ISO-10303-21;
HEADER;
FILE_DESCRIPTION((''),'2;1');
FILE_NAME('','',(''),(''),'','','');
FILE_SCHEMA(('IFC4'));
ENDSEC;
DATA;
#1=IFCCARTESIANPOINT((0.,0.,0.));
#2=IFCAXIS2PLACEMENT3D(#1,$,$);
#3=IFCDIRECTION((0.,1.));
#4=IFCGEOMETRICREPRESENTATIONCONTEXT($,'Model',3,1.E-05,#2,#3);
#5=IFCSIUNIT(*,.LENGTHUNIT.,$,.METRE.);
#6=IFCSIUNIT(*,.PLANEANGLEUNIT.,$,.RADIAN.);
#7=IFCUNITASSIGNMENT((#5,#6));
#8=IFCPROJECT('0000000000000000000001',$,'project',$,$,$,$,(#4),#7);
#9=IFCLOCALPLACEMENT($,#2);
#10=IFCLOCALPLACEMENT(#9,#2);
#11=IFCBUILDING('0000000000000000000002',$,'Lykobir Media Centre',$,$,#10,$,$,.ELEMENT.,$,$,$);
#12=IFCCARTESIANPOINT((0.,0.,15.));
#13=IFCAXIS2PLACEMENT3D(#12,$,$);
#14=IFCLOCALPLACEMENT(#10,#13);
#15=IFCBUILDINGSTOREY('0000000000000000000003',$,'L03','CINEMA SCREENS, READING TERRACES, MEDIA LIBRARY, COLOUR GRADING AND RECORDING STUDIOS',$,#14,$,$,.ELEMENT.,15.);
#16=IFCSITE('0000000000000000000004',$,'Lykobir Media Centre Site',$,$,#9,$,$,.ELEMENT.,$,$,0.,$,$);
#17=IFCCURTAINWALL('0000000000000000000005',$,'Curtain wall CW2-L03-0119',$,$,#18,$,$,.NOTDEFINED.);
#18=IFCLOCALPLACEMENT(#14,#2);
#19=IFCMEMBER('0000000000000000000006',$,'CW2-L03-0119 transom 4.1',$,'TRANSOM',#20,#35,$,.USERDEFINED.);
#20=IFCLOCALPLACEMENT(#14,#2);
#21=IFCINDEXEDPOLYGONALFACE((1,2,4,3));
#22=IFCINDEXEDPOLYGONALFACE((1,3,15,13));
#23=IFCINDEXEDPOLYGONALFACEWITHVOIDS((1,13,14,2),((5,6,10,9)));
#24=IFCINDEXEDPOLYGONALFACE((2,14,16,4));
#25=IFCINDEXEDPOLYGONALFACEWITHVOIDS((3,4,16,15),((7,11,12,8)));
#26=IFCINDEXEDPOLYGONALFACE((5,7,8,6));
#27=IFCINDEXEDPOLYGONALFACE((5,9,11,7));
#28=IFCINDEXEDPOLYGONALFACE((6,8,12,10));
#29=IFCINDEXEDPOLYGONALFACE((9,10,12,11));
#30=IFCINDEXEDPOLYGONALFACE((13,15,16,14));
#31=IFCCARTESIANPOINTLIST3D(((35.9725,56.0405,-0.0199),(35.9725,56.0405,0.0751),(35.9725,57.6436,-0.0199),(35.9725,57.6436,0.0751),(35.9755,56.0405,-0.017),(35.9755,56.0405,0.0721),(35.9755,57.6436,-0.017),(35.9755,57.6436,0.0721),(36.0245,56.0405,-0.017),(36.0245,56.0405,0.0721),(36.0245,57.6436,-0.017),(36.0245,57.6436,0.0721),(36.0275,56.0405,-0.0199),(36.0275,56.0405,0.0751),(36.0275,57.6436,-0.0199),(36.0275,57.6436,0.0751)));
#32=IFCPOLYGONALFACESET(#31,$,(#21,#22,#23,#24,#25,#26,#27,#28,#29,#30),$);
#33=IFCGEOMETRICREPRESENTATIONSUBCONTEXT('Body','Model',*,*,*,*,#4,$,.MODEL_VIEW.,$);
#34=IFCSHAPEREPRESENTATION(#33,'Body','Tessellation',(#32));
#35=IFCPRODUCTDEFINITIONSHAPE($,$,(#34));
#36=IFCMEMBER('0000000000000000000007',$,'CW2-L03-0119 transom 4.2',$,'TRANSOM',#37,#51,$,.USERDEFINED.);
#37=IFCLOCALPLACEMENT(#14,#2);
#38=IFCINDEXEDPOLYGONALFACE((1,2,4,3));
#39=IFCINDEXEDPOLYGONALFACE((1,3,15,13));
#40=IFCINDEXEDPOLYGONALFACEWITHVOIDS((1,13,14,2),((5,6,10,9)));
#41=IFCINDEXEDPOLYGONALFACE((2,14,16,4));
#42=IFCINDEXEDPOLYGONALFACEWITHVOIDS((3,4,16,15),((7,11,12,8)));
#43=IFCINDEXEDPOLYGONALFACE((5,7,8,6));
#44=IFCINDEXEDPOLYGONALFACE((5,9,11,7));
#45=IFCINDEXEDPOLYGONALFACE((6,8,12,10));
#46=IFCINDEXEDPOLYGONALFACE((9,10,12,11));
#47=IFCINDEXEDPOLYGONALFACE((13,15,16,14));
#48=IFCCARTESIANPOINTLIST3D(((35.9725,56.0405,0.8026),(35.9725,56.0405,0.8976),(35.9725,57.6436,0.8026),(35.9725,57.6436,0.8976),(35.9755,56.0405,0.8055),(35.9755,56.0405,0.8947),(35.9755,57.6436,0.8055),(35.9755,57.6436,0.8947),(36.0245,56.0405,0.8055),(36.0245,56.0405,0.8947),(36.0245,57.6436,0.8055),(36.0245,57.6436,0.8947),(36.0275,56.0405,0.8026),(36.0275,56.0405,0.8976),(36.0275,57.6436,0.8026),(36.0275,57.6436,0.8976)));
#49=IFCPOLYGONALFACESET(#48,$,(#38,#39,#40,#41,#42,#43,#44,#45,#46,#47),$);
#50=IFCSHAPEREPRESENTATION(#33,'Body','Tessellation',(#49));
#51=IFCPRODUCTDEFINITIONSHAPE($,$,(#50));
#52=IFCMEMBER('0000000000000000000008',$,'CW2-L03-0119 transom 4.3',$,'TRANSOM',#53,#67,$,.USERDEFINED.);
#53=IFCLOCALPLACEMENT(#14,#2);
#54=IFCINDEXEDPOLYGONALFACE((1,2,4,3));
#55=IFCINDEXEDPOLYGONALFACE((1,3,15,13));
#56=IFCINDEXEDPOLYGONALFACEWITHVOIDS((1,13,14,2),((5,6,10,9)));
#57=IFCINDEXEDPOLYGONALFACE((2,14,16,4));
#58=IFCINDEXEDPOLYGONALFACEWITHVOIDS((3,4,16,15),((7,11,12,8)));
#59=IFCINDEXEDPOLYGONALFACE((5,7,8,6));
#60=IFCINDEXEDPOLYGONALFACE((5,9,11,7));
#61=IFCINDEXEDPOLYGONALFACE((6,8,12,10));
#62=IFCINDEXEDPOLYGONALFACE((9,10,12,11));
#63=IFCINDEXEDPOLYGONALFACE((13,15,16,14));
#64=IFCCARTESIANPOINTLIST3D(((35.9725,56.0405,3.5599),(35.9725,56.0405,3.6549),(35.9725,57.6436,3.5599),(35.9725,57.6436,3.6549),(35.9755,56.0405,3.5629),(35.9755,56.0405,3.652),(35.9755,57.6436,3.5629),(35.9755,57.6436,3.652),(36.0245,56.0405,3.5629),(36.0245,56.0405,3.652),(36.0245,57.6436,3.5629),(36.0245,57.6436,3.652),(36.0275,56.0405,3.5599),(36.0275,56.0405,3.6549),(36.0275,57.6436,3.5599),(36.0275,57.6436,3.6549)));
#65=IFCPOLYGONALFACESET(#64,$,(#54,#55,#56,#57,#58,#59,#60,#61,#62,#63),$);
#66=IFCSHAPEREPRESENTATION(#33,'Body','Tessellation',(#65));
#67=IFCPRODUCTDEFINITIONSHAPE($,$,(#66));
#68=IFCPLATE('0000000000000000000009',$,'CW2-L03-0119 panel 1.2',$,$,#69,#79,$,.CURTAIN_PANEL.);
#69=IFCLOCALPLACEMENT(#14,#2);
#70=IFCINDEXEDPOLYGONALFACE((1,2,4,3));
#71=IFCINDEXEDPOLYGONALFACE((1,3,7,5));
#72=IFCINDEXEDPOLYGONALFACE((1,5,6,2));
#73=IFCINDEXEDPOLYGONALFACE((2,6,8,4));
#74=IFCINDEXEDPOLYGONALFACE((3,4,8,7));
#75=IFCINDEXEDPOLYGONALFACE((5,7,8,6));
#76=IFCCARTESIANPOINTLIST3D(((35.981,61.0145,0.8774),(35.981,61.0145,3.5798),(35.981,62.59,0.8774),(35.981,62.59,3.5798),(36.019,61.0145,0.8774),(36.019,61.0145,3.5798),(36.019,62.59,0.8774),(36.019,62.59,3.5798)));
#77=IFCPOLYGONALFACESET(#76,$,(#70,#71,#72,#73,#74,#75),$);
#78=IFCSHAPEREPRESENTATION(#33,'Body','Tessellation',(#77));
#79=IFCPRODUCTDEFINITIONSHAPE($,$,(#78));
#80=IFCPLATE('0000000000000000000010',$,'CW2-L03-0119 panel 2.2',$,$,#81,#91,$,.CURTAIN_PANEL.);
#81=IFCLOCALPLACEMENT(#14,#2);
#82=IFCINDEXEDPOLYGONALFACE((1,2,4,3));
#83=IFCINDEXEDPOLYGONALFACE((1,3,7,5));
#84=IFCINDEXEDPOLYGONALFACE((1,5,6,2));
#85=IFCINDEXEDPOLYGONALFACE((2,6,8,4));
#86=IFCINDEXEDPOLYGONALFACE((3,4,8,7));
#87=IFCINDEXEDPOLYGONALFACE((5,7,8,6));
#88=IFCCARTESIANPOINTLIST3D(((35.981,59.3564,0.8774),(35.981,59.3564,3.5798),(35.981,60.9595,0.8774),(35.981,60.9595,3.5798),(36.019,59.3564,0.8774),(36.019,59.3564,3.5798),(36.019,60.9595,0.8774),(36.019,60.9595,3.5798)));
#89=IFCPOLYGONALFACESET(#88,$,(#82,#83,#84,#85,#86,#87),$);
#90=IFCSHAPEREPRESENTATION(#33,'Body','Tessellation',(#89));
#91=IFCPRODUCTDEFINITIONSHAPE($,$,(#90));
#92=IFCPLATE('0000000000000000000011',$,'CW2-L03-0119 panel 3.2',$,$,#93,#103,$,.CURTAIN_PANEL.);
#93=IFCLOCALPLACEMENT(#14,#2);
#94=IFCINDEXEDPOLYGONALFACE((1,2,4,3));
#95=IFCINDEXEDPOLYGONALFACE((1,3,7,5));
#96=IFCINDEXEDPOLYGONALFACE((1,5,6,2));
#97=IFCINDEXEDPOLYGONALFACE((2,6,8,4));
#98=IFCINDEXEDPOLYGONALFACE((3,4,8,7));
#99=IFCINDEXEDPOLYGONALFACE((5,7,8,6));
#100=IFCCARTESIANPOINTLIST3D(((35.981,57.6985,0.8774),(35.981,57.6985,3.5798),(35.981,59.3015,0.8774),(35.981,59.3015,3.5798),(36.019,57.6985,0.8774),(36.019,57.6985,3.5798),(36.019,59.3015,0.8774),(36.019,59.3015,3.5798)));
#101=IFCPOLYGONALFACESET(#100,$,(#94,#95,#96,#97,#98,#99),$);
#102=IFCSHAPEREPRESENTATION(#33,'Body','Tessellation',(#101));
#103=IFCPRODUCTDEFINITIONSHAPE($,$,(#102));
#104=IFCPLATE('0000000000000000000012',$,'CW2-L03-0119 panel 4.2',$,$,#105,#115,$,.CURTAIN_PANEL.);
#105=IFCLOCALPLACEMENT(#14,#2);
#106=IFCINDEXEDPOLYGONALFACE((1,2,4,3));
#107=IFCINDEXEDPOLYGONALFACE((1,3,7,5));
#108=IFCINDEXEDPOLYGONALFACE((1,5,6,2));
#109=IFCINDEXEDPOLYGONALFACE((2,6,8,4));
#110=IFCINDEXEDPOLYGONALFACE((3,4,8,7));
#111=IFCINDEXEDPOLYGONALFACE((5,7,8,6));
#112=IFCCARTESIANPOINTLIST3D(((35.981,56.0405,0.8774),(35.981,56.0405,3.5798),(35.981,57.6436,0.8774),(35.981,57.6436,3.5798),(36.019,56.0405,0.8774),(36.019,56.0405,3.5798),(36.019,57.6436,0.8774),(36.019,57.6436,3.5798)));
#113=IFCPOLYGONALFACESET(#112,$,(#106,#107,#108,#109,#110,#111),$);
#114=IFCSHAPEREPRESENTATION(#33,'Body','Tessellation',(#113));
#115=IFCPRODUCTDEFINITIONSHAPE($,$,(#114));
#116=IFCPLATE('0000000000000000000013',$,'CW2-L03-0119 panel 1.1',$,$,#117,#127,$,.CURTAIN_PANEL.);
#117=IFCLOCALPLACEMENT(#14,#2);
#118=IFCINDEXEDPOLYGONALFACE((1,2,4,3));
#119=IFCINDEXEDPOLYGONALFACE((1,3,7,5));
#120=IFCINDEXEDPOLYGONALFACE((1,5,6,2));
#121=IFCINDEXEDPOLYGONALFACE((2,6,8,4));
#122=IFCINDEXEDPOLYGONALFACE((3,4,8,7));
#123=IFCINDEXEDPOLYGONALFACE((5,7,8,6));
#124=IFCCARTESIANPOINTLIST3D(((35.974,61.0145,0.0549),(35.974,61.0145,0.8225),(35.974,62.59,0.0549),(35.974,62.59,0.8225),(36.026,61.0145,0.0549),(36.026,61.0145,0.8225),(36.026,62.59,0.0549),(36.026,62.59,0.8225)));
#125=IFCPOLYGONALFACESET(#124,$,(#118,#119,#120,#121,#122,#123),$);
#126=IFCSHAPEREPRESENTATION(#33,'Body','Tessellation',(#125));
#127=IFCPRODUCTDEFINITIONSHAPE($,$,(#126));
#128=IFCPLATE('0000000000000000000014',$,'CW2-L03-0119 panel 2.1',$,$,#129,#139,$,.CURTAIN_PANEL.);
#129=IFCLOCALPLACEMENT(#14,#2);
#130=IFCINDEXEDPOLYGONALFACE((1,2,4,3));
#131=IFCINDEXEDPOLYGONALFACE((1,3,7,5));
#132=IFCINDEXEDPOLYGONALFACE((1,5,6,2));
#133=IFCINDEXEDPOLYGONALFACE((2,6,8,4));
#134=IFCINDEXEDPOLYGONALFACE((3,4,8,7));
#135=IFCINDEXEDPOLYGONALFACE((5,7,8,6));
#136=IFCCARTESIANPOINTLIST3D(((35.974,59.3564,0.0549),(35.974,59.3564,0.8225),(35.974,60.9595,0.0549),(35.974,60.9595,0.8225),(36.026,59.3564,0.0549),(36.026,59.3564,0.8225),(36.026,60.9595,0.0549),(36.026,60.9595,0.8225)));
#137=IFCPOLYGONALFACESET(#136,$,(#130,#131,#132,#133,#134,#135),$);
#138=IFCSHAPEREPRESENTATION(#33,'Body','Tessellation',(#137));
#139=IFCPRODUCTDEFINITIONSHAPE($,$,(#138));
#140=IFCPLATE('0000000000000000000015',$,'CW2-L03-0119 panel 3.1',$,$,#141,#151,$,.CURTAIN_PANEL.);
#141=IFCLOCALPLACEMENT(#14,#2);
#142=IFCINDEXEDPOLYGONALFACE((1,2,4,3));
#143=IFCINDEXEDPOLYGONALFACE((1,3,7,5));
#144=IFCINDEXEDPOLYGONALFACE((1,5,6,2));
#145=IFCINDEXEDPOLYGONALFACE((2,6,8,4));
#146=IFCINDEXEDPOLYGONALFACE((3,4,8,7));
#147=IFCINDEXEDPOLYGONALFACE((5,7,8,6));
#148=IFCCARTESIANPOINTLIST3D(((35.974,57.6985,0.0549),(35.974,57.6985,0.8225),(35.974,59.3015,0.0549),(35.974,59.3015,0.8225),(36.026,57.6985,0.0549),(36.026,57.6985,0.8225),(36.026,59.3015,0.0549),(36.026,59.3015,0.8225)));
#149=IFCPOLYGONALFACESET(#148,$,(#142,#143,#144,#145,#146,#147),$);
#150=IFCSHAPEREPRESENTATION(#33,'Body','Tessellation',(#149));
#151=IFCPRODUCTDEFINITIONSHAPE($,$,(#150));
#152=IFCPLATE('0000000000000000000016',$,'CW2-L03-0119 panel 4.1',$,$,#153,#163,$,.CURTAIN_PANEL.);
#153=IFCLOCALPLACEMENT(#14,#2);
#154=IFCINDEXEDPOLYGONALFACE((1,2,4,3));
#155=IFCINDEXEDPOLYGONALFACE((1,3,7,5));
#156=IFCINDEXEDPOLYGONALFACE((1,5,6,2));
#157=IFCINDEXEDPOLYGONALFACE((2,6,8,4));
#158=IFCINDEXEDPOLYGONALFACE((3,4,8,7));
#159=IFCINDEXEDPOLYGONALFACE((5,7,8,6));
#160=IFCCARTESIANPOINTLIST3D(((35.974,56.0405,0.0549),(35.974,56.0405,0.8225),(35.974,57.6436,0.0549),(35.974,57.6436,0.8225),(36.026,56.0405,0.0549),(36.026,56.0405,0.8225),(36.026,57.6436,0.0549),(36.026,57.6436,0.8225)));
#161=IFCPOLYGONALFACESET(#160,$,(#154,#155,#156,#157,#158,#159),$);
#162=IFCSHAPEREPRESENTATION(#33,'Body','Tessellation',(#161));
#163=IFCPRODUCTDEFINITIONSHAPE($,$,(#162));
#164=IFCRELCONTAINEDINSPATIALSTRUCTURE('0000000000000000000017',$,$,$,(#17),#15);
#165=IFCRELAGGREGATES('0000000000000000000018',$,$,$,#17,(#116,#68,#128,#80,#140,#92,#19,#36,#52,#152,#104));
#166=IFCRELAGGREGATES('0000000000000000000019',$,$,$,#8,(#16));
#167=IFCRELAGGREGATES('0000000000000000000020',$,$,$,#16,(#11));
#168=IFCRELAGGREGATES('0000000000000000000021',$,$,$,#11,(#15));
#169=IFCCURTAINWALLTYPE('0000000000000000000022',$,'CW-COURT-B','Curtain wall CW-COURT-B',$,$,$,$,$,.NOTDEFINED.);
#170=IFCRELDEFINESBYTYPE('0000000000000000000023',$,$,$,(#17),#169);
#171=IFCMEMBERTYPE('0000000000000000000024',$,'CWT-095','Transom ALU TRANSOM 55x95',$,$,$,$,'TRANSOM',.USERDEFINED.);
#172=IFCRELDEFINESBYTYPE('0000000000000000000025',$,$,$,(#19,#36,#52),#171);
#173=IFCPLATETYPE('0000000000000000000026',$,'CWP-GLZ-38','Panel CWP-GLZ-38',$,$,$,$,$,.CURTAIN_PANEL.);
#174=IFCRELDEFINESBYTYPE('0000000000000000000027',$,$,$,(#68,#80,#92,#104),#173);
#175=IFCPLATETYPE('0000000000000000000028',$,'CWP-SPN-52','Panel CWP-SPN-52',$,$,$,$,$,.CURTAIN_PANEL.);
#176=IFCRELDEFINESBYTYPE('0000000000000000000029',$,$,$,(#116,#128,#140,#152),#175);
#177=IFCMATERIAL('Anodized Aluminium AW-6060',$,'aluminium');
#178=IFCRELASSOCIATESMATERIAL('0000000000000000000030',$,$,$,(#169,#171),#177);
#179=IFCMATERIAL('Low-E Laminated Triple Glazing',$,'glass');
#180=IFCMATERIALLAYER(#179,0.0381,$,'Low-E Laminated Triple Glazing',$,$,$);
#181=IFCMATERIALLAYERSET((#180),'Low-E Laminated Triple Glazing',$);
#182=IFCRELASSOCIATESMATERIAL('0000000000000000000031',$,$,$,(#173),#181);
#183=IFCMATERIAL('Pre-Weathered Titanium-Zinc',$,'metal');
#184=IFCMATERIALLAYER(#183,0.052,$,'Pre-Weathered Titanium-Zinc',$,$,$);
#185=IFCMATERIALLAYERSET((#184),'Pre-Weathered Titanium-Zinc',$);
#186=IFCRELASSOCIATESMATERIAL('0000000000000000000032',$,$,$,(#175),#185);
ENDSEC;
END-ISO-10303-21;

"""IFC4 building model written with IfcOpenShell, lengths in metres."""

from ifc_helpers import new_model, si_unit, direction, frame, origin, origin_2d, place, context, subcontext, project, spatial, rectangle, hollow_rectangle, extrude, material, layer, layer_set, material_profile, profile_set, type_object, element, aggregate, save


model = new_model("IFC4")

# Units and contexts
model_context = context("Model", 3, precision=1e-05, world=origin(), true_north=direction((0.0, 1.0)))
body_context = subcontext(model_context, "Body", "Model", "MODEL_VIEW")
ifc_project = project(units=[si_unit("LENGTHUNIT", "METRE"), si_unit("PLANEANGLEUNIT", "RADIAN")], contexts=[model_context])

# Site, building, storey
site_placement = place(None, origin())
site = spatial("IfcSite", under=ifc_project, at=site_placement, Name="Lykobir Media Centre Site", CompositionType="ELEMENT", RefElevation=0.0)
building_placement = place(site_placement, origin())
building = spatial("IfcBuilding", under=site, at=building_placement, Name="Lykobir Media Centre", CompositionType="ELEMENT")
storey_placement = place(building_placement, frame((0.0, 0.0, 15.0)))
storey = spatial("IfcBuildingStorey", under=building, at=storey_placement, Name="L03", Description="CINEMA SCREENS, READING TERRACES, MEDIA LIBRARY, COLOUR GRADING AND RECORDING STUDIOS", CompositionType="ELEMENT", Elevation=15.0)

# Curtain wall, members, plates
ifc_material_1 = material(Name="Anodized Aluminium AW-6060", Category="aluminium")
curtain_wall_type = type_object("IfcCurtainWallType", Name="CW-COURT-B", Description="Curtain wall CW-COURT-B", PredefinedType="NOTDEFINED", material=ifc_material_1)
curtain_wall_placement = place(storey_placement, origin())
curtain_wall = element("IfcCurtainWall", 1, at=curtain_wall_placement, inside=storey, type_object=curtain_wall_type, Name="Curtain wall CW2-L03-0119", PredefinedType="NOTDEFINED")
ifc_material_profile_1 = material_profile(ifc_material_1, hollow_rectangle(XDim=0.0549, YDim=0.095, WallThickness=0.0029, at=origin_2d()), Name="ALU TRANSOM 55x95")
ifc_profile_set_1 = profile_set([ifc_material_profile_1], Name="Anodized Aluminium AW-6060")
member_type_1 = type_object("IfcMemberType", Name="CWT-095", Description="Transom ALU TRANSOM 55x95", ElementType="TRANSOM", PredefinedType="USERDEFINED", material=ifc_profile_set_1)
member_1_placement = place(storey_placement, frame((36.0, 57.6436, 0.0276), z_axis=(0.0, -1.0, 0.0), x_axis=(1.0, 0.0, 0.0)))
member_1 = element("IfcMember", 2, at=member_1_placement, type_object=member_type_1, Name="CW2-L03-0119 transom 4.1", ObjectType="TRANSOM", PredefinedType="USERDEFINED", context=body_context, shape_type="SweptSolid", body=[
    extrude(hollow_rectangle(XDim=0.0549, YDim=0.095, WallThickness=0.0029, at=origin_2d()), origin(), (0.0, 0.0, 1.0), 1.603),
])
member_2_placement = place(storey_placement, frame((36.0, 57.6436, 0.8501), z_axis=(0.0, -1.0, 0.0), x_axis=(1.0, 0.0, 0.0)))
member_2 = element("IfcMember", 3, at=member_2_placement, type_object=member_type_1, Name="CW2-L03-0119 transom 4.2", ObjectType="TRANSOM", PredefinedType="USERDEFINED", context=body_context, shape_type="SweptSolid", body=[
    extrude(hollow_rectangle(XDim=0.0549, YDim=0.095, WallThickness=0.0029, at=origin_2d()), origin(), (0.0, 0.0, 1.0), 1.603),
])
member_3_placement = place(storey_placement, frame((36.0, 57.6436, 3.6074), z_axis=(0.0, -1.0, 0.0), x_axis=(1.0, 0.0, 0.0)))
member_3 = element("IfcMember", 4, at=member_3_placement, type_object=member_type_1, Name="CW2-L03-0119 transom 4.3", ObjectType="TRANSOM", PredefinedType="USERDEFINED", context=body_context, shape_type="SweptSolid", body=[
    extrude(hollow_rectangle(XDim=0.0549, YDim=0.095, WallThickness=0.0029, at=origin_2d()), origin(), (0.0, 0.0, 1.0), 1.603),
])
ifc_material_2 = material(Name="Low-E Laminated Triple Glazing", Category="glass")
ifc_layer_1 = layer(ifc_material_2, 0.0381, Name="Low-E Laminated Triple Glazing")
ifc_layer_set_1 = layer_set([ifc_layer_1], Name="Low-E Laminated Triple Glazing")
plate_type_1 = type_object("IfcPlateType", Name="CWP-GLZ-38", Description="Panel CWP-GLZ-38", PredefinedType="CURTAIN_PANEL", material=ifc_layer_set_1)
plate_1_placement = place(storey_placement, frame((36.0, 61.8022, 0.8774), z_axis=(0.0, 0.0, 1.0), x_axis=(0.0, -1.0, 0.0)))
plate_1 = element("IfcPlate", 5, at=plate_1_placement, type_object=plate_type_1, Name="CW2-L03-0119 panel 1.2", PredefinedType="CURTAIN_PANEL", context=body_context, shape_type="SweptSolid", body=[
    extrude(rectangle(XDim=1.5754, YDim=0.0381, at=origin_2d()), origin(), (0.0, 0.0, 1.0), 2.7024),
])
plate_2_placement = place(storey_placement, frame((36.0, 60.158, 0.8774), z_axis=(0.0, 0.0, 1.0), x_axis=(0.0, -1.0, 0.0)))
plate_2 = element("IfcPlate", 6, at=plate_2_placement, type_object=plate_type_1, Name="CW2-L03-0119 panel 2.2", PredefinedType="CURTAIN_PANEL", context=body_context, shape_type="SweptSolid", body=[
    extrude(rectangle(XDim=1.603, YDim=0.0381, at=origin_2d()), origin(), (0.0, 0.0, 1.0), 2.7024),
])
plate_3_placement = place(storey_placement, frame((36.0, 58.5, 0.8774), z_axis=(0.0, 0.0, 1.0), x_axis=(0.0, -1.0, 0.0)))
plate_3 = element("IfcPlate", 7, at=plate_3_placement, type_object=plate_type_1, Name="CW2-L03-0119 panel 3.2", PredefinedType="CURTAIN_PANEL", context=body_context, shape_type="SweptSolid", body=[
    extrude(rectangle(XDim=1.603, YDim=0.0381, at=origin_2d()), origin(), (0.0, 0.0, 1.0), 2.7024),
])
plate_4_placement = place(storey_placement, frame((36.0, 56.842, 0.8774), z_axis=(0.0, 0.0, 1.0), x_axis=(0.0, -1.0, 0.0)))
plate_4 = element("IfcPlate", 8, at=plate_4_placement, type_object=plate_type_1, Name="CW2-L03-0119 panel 4.2", PredefinedType="CURTAIN_PANEL", context=body_context, shape_type="SweptSolid", body=[
    extrude(rectangle(XDim=1.603, YDim=0.0381, at=origin_2d()), origin(), (0.0, 0.0, 1.0), 2.7024),
])
ifc_material_3 = material(Name="Pre-Weathered Titanium-Zinc", Category="metal")
ifc_layer_2 = layer(ifc_material_3, 0.052, Name="Pre-Weathered Titanium-Zinc")
ifc_layer_set_2 = layer_set([ifc_layer_2], Name="Pre-Weathered Titanium-Zinc")
plate_type_2 = type_object("IfcPlateType", Name="CWP-SPN-52", Description="Panel CWP-SPN-52", PredefinedType="CURTAIN_PANEL", material=ifc_layer_set_2)
plate_5_placement = place(storey_placement, frame((36.0, 61.8022, 0.0549), z_axis=(0.0, 0.0, 1.0), x_axis=(0.0, -1.0, 0.0)))
plate_5 = element("IfcPlate", 9, at=plate_5_placement, type_object=plate_type_2, Name="CW2-L03-0119 panel 1.1", PredefinedType="CURTAIN_PANEL", context=body_context, shape_type="SweptSolid", body=[
    extrude(rectangle(XDim=1.5754, YDim=0.052, at=origin_2d()), origin(), (0.0, 0.0, 1.0), 0.7676),
])
plate_6_placement = place(storey_placement, frame((36.0, 60.158, 0.0549), z_axis=(0.0, 0.0, 1.0), x_axis=(0.0, -1.0, 0.0)))
plate_6 = element("IfcPlate", 10, at=plate_6_placement, type_object=plate_type_2, Name="CW2-L03-0119 panel 2.1", PredefinedType="CURTAIN_PANEL", context=body_context, shape_type="SweptSolid", body=[
    extrude(rectangle(XDim=1.603, YDim=0.052, at=origin_2d()), origin(), (0.0, 0.0, 1.0), 0.7676),
])
plate_7_placement = place(storey_placement, frame((36.0, 58.5, 0.0549), z_axis=(0.0, 0.0, 1.0), x_axis=(0.0, -1.0, 0.0)))
plate_7 = element("IfcPlate", 11, at=plate_7_placement, type_object=plate_type_2, Name="CW2-L03-0119 panel 3.1", PredefinedType="CURTAIN_PANEL", context=body_context, shape_type="SweptSolid", body=[
    extrude(rectangle(XDim=1.603, YDim=0.052, at=origin_2d()), origin(), (0.0, 0.0, 1.0), 0.7676),
])
plate_8_placement = place(storey_placement, frame((36.0, 56.842, 0.0549), z_axis=(0.0, 0.0, 1.0), x_axis=(0.0, -1.0, 0.0)))
plate_8 = element("IfcPlate", 12, at=plate_8_placement, type_object=plate_type_2, Name="CW2-L03-0119 panel 4.1", PredefinedType="CURTAIN_PANEL", context=body_context, shape_type="SweptSolid", body=[
    extrude(rectangle(XDim=1.603, YDim=0.052, at=origin_2d()), origin(), (0.0, 0.0, 1.0), 0.7676),
])
aggregate(curtain_wall, [plate_5, plate_1, plate_6, plate_2, plate_7, plate_3, member_1, member_2, member_3, plate_8, plate_4])

save(model, "model.ifc")
